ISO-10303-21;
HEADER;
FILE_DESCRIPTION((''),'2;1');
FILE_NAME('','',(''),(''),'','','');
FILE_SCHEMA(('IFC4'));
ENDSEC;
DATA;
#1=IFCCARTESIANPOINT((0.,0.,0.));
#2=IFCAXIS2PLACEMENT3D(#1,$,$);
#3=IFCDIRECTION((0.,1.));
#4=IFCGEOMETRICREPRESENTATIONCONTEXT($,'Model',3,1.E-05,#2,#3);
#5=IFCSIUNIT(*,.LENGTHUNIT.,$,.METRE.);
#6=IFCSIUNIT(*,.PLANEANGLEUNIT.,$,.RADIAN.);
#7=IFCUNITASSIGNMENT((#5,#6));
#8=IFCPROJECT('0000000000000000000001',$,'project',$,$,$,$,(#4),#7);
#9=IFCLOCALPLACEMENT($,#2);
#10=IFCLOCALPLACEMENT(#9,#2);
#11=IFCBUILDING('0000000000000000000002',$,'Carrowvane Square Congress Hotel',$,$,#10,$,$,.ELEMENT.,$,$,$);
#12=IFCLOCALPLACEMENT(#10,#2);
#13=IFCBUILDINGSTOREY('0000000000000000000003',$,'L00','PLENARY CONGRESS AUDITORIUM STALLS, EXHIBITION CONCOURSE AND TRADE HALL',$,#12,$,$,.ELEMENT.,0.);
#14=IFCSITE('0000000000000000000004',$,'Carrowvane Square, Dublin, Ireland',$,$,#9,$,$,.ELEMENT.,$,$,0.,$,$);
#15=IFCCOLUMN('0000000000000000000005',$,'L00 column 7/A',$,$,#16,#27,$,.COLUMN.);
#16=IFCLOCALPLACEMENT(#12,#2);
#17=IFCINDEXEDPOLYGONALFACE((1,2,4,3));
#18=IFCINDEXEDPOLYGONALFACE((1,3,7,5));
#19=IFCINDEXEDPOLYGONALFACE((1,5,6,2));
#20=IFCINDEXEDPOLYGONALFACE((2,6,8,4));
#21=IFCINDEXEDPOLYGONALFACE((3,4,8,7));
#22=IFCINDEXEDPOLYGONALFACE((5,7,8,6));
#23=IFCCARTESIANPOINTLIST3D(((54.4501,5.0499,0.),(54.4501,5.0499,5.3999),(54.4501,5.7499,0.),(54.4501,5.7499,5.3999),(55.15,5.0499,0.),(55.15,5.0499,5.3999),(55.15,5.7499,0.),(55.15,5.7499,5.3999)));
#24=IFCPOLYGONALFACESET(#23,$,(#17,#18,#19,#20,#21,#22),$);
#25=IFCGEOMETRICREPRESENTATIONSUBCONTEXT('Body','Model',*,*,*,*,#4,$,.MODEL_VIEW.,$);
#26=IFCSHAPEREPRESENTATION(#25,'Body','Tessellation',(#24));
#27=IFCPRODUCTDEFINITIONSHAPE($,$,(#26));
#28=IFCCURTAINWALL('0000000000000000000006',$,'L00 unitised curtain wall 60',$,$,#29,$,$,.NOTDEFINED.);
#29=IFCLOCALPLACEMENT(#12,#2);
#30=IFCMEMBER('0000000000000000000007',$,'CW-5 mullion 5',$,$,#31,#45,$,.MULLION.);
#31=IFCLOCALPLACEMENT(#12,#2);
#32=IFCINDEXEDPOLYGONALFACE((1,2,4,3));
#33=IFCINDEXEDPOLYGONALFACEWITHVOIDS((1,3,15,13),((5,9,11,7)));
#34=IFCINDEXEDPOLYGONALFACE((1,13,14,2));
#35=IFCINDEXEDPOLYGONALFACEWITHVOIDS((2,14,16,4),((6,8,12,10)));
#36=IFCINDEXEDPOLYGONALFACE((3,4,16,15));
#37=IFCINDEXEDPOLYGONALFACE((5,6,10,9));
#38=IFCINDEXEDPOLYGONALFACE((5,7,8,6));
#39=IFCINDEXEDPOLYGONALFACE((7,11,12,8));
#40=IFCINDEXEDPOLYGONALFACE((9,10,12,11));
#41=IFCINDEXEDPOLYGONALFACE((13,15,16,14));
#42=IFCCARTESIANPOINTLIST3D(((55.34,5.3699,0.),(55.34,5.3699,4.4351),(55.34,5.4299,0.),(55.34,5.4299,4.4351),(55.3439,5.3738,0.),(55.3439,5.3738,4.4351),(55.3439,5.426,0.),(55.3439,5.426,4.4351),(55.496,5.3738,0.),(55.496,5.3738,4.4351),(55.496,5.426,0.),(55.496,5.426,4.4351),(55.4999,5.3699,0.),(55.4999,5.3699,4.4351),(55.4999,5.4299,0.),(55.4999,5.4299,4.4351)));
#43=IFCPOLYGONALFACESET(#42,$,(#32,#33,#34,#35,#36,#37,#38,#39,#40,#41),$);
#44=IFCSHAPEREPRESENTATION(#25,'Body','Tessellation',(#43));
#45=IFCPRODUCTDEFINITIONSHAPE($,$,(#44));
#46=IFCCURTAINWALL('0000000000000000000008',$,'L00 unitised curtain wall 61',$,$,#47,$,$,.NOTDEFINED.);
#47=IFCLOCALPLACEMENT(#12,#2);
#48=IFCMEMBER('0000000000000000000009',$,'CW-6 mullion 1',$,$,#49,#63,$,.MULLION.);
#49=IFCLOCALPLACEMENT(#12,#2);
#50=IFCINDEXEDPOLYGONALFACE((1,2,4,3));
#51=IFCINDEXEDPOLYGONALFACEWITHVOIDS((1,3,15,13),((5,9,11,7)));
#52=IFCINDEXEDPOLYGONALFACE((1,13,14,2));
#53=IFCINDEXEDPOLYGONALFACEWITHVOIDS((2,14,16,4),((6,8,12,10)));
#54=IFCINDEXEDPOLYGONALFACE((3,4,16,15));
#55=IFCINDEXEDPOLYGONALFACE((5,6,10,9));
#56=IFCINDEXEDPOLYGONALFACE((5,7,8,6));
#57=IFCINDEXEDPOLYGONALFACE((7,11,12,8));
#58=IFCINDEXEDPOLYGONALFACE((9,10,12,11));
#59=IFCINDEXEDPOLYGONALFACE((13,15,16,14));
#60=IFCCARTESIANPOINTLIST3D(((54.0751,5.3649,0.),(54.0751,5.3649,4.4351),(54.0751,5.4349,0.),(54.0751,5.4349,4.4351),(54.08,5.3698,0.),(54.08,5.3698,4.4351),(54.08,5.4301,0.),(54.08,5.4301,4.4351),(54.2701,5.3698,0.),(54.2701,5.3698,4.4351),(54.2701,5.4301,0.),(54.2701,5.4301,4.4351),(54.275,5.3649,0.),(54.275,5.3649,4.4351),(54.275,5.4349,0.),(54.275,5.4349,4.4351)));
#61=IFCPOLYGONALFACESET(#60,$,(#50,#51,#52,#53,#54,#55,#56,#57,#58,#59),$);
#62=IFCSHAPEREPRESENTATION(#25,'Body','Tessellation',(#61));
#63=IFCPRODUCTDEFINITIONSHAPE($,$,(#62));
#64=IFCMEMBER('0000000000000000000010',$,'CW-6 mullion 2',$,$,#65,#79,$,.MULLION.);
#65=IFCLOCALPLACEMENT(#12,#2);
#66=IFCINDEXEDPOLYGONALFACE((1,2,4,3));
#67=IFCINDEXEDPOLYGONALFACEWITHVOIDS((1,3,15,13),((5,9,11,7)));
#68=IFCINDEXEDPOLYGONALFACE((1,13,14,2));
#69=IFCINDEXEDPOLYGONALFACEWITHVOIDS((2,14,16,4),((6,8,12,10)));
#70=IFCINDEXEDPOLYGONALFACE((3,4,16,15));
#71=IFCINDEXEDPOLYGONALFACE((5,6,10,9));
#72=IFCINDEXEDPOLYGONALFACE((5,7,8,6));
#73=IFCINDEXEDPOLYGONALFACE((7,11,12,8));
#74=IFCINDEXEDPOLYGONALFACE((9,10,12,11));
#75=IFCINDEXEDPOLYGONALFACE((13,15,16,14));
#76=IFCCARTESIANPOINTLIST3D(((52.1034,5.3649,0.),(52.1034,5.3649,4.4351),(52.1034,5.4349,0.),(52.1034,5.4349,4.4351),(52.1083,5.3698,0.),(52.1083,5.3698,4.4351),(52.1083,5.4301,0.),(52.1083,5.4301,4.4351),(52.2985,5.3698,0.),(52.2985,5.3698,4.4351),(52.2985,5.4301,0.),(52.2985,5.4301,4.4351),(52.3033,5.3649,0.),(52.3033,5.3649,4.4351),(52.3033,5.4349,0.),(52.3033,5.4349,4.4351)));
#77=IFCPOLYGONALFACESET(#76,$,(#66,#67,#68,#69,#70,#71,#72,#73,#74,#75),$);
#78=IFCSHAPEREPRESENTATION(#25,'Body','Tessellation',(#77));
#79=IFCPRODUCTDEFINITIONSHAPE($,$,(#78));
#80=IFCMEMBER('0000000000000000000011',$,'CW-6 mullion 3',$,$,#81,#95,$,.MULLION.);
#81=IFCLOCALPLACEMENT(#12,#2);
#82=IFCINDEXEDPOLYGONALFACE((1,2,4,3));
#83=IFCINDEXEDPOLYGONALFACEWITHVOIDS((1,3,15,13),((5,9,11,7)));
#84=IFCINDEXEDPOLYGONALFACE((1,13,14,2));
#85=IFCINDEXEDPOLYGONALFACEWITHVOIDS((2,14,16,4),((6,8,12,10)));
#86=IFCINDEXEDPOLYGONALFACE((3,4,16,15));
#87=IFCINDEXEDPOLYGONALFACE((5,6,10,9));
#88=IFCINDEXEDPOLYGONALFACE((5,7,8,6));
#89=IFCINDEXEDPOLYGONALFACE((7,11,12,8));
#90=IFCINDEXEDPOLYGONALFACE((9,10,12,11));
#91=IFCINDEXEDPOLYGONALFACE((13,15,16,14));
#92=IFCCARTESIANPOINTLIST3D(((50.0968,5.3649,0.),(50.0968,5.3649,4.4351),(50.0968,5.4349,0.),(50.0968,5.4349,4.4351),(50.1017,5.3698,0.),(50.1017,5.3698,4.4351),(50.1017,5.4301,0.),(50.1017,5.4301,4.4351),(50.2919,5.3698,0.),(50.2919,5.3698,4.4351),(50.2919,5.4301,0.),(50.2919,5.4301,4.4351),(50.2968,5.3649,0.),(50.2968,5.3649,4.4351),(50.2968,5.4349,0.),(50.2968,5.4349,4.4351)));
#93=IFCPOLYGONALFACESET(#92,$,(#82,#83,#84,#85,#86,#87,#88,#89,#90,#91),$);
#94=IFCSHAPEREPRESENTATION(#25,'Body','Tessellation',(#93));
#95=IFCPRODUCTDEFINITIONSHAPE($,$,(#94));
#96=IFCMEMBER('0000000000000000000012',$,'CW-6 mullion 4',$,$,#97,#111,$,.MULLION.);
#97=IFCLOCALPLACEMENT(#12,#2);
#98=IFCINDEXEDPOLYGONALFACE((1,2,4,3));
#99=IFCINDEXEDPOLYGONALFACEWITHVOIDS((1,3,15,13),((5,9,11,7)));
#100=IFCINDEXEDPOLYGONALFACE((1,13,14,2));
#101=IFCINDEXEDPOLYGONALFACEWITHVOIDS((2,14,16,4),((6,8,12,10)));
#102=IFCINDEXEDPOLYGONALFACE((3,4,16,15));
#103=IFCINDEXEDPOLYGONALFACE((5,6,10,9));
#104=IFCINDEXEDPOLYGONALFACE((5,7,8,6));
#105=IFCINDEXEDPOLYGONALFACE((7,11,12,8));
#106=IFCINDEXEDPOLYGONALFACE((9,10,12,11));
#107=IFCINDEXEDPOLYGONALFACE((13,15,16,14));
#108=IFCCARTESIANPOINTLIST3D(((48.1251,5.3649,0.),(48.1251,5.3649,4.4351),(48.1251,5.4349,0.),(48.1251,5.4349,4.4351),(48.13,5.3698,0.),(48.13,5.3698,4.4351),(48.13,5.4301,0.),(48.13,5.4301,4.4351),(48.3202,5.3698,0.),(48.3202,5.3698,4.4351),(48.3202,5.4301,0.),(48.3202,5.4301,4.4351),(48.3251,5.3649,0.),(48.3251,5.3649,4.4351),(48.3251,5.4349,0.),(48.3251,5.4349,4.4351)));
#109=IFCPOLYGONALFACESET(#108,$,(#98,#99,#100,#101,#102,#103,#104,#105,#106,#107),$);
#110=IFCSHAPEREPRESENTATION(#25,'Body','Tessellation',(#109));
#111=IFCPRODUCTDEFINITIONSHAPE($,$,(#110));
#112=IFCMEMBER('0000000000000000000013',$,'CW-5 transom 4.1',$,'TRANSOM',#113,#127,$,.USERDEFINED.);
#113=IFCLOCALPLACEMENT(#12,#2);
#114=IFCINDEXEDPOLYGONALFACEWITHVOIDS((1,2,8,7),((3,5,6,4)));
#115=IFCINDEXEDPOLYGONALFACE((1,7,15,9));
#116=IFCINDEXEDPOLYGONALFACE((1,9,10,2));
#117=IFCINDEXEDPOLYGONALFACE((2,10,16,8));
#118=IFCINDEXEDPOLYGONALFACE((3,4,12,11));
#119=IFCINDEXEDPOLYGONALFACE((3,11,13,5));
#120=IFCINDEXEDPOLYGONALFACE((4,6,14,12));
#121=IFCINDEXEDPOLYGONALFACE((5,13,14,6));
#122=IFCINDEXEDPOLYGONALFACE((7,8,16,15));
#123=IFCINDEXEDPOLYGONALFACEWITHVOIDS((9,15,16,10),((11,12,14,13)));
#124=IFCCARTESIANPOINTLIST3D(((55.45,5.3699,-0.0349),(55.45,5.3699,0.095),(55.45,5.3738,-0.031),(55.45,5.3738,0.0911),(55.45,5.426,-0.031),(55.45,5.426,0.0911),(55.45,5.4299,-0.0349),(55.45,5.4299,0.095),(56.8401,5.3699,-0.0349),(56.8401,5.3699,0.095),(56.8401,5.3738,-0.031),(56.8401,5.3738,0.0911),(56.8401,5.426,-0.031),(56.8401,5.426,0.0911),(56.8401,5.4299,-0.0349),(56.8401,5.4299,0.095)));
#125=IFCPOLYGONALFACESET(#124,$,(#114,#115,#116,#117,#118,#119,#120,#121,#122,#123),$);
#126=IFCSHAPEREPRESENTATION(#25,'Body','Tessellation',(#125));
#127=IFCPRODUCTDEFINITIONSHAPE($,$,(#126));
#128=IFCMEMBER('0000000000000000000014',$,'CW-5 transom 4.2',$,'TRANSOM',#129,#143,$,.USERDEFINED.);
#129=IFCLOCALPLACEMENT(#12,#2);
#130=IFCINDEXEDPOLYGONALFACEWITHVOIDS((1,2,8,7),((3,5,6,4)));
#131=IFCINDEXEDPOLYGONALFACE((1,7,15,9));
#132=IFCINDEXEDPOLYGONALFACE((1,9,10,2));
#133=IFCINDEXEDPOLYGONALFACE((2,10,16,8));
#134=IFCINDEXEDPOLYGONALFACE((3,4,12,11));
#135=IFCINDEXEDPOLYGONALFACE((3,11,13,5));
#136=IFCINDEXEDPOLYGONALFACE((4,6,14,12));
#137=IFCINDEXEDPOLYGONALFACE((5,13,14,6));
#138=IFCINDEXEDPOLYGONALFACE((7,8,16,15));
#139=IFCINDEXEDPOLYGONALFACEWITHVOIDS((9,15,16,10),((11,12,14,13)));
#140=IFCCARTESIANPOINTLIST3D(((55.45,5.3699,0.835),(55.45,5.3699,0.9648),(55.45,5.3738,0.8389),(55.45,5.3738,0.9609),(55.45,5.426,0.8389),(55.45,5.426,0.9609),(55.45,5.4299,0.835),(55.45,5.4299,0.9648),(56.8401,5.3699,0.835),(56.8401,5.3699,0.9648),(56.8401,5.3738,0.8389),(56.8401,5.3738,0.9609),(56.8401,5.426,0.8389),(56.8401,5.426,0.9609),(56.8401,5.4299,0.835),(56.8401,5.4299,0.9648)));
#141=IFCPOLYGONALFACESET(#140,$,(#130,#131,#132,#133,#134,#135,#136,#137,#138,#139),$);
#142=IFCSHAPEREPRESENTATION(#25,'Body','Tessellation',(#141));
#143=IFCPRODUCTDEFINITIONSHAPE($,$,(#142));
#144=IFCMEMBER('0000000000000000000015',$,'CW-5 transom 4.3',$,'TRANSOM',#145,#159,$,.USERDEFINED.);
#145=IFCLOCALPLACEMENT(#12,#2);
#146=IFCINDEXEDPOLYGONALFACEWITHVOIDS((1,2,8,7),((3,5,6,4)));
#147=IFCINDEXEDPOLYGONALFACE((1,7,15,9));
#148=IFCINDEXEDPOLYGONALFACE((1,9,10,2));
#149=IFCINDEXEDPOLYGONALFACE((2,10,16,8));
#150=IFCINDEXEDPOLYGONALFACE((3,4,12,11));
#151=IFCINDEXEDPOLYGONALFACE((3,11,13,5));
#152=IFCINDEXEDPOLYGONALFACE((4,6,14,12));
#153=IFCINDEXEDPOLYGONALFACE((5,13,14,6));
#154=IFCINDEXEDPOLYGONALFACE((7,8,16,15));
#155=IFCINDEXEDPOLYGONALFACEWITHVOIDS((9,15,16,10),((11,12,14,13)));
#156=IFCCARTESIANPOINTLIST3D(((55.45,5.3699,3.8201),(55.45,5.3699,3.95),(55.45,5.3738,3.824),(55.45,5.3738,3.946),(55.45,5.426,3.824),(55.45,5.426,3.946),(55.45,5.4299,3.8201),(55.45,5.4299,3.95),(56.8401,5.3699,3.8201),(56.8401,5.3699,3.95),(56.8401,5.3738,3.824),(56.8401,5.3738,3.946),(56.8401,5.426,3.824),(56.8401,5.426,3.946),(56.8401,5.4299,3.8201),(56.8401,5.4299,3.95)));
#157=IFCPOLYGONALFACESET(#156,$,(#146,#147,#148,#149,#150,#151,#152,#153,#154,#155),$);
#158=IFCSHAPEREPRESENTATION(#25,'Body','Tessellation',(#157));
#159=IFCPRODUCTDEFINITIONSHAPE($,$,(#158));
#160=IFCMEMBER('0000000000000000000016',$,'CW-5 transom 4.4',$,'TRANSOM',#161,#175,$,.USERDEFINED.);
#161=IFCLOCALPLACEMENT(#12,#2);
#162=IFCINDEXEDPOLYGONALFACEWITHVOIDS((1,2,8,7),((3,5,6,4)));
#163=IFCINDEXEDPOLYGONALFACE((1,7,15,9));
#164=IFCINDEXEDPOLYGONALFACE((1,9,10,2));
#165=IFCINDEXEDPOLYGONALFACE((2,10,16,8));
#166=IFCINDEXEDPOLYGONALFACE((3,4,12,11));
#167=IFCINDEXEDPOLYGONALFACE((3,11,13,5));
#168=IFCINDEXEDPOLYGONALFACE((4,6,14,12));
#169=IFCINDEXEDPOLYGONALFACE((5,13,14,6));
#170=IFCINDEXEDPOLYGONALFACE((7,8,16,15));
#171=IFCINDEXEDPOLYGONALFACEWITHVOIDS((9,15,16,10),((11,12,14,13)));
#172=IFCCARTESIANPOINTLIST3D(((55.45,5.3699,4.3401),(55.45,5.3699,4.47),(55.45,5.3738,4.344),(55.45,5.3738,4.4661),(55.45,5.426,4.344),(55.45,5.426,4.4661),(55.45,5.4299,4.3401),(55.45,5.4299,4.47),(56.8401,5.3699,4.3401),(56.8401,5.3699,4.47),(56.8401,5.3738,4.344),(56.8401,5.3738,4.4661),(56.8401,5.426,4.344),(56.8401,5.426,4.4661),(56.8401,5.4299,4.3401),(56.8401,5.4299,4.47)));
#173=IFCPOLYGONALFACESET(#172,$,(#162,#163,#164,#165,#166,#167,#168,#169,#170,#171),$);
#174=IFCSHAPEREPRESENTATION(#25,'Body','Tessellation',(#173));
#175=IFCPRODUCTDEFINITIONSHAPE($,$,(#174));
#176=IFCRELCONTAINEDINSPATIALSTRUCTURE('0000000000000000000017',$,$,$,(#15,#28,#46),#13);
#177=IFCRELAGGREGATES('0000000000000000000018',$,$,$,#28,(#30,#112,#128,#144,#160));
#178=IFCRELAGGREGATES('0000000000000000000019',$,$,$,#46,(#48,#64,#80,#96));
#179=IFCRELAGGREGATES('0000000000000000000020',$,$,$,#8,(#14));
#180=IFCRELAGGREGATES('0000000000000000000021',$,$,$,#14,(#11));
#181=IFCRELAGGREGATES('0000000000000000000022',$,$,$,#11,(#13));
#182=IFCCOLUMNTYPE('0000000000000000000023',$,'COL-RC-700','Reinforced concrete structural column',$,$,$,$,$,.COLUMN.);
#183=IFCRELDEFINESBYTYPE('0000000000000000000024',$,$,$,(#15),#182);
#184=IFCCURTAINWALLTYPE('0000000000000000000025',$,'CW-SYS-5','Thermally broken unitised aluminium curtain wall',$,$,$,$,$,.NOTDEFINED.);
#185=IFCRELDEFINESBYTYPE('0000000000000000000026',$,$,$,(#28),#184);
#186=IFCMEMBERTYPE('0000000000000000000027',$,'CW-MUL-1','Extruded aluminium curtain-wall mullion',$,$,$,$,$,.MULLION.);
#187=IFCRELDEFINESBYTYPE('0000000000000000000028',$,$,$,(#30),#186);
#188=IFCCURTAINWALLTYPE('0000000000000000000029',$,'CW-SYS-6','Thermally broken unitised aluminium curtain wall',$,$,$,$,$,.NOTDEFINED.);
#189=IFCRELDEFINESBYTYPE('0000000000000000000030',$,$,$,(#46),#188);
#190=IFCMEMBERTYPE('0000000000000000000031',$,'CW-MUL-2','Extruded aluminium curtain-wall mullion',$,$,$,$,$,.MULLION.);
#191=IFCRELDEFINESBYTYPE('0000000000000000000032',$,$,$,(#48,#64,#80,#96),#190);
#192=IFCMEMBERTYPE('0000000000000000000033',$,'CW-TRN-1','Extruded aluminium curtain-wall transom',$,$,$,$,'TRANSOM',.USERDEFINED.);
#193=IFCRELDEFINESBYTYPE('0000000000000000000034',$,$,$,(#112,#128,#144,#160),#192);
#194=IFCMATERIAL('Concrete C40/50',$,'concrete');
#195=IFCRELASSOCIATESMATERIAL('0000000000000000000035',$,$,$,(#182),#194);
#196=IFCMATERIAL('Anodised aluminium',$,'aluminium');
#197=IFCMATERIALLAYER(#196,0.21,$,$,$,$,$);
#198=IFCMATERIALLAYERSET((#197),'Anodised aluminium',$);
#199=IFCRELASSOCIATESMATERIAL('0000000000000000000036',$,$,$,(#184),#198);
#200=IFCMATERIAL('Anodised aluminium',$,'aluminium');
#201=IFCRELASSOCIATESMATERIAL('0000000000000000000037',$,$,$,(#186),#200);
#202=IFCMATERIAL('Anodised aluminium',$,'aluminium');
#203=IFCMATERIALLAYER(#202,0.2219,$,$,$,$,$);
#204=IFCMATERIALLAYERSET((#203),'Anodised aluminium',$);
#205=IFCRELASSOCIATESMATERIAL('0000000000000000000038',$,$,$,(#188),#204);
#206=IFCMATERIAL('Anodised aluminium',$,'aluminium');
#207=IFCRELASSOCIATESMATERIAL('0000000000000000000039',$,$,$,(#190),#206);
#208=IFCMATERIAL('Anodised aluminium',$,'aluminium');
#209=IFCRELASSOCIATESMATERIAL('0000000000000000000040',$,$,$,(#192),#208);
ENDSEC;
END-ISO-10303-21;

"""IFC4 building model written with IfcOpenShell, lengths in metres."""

from ifc_helpers import new_model, si_unit, direction, frame, origin, origin_2d, place, context, subcontext, project, spatial, rectangle, hollow_rectangle, extrude, material, layer, layer_set, material_profile, profile_set, type_object, element, aggregate, save


model = new_model("IFC4")

# Units and contexts
model_context = context("Model", 3, precision=1e-05, world=origin(), true_north=direction((0.0, 1.0)))
body_context = subcontext(model_context, "Body", "Model", "MODEL_VIEW")
ifc_project = project(units=[si_unit("LENGTHUNIT", "METRE"), si_unit("PLANEANGLEUNIT", "RADIAN")], contexts=[model_context])

# Site, building, storey
site_placement = place(None, origin())
site = spatial("IfcSite", under=ifc_project, at=site_placement, Name="Carrowvane Square, Dublin, Ireland", CompositionType="ELEMENT", RefElevation=0.0)
building_placement = place(site_placement, origin())
building = spatial("IfcBuilding", under=site, at=building_placement, Name="Carrowvane Square Congress Hotel", CompositionType="ELEMENT")
storey_placement = place(building_placement, origin())
storey = spatial("IfcBuildingStorey", under=building, at=storey_placement, Name="L00", Description="PLENARY CONGRESS AUDITORIUM STALLS, EXHIBITION CONCOURSE AND TRADE HALL", CompositionType="ELEMENT", Elevation=0.0)

# Column
ifc_material_1 = material(Name="Concrete C40/50", Category="concrete")
ifc_material_profile_1 = material_profile(ifc_material_1, rectangle(XDim=0.7, YDim=0.7, at=origin_2d()), Name="RC 700x700")
ifc_profile_set_1 = profile_set([ifc_material_profile_1], Name="Concrete C40/50")
column_type = type_object("IfcColumnType", Name="COL-RC-700", Description="Reinforced concrete structural column", PredefinedType="COLUMN", material=ifc_profile_set_1)
column_placement = place(storey_placement, frame((54.8, 5.3999, 0.0), z_axis=(0.0, 0.0, 1.0), x_axis=(1.0, 0.0, 0.0)))
element("IfcColumn", 1, at=column_placement, inside=storey, type_object=column_type, Name="L00 column 7/A", PredefinedType="COLUMN", context=body_context, shape_type="SweptSolid", body=[
    extrude(rectangle(XDim=0.7, YDim=0.7, at=origin_2d()), origin(), (0.0, 0.0, 1.0), 5.3999),
])

# Curtain wall, member
ifc_material_2 = material(Name="Anodised aluminium", Category="aluminium")
ifc_layer_1 = layer(ifc_material_2, 0.21)
ifc_layer_set_1 = layer_set([ifc_layer_1], Name="Anodised aluminium")
curtain_wall_type_1 = type_object("IfcCurtainWallType", Name="CW-SYS-5", Description="Thermally broken unitised aluminium curtain wall", PredefinedType="NOTDEFINED", material=ifc_layer_set_1)
curtain_wall_1_placement = place(storey_placement, origin())
curtain_wall_1 = element("IfcCurtainWall", 2, at=curtain_wall_1_placement, inside=storey, type_object=curtain_wall_type_1, Name="L00 unitised curtain wall 60", PredefinedType="NOTDEFINED")
ifc_material_3 = material(Name="Anodised aluminium", Category="aluminium")
ifc_material_profile_2 = material_profile(ifc_material_3, hollow_rectangle(XDim=0.0601, YDim=0.1599, WallThickness=0.0039, at=origin_2d()), Name="CW-ML 60x160x4")
ifc_profile_set_2 = profile_set([ifc_material_profile_2], Name="Anodised aluminium")
member_type_1 = type_object("IfcMemberType", Name="CW-MUL-1", Description="Extruded aluminium curtain-wall mullion", PredefinedType="MULLION", material=ifc_profile_set_2)
member_1_placement = place(storey_placement, frame((55.4199, 5.3999, 0.0), z_axis=(0.0, 0.0, 1.0), x_axis=(0.0, -1.0, 0.0)))
member_1 = element("IfcMember", 3, at=member_1_placement, type_object=member_type_1, Name="CW-5 mullion 5", PredefinedType="MULLION", context=body_context, shape_type="SweptSolid", body=[
    extrude(hollow_rectangle(XDim=0.0601, YDim=0.1599, WallThickness=0.0039, at=origin_2d()), origin(), (0.0, 0.0, 1.0), 4.4351),
])

# Curtain wall, members
ifc_material_4 = material(Name="Anodised aluminium", Category="aluminium")
ifc_layer_2 = layer(ifc_material_4, 0.2219)
ifc_layer_set_2 = layer_set([ifc_layer_2], Name="Anodised aluminium")
curtain_wall_type_2 = type_object("IfcCurtainWallType", Name="CW-SYS-6", Description="Thermally broken unitised aluminium curtain wall", PredefinedType="NOTDEFINED", material=ifc_layer_set_2)
curtain_wall_2_placement = place(storey_placement, origin())
curtain_wall_2 = element("IfcCurtainWall", 4, at=curtain_wall_2_placement, inside=storey, type_object=curtain_wall_type_2, Name="L00 unitised curtain wall 61", PredefinedType="NOTDEFINED")
ifc_material_5 = material(Name="Anodised aluminium", Category="aluminium")
ifc_material_profile_3 = material_profile(ifc_material_5, hollow_rectangle(XDim=0.0701, YDim=0.2, WallThickness=0.0049, at=origin_2d()), Name="CW-ML 70x200x5")
ifc_profile_set_3 = profile_set([ifc_material_profile_3], Name="Anodised aluminium")
member_type_2 = type_object("IfcMemberType", Name="CW-MUL-2", Description="Extruded aluminium curtain-wall mullion", PredefinedType="MULLION", material=ifc_profile_set_3)
member_2_placement = place(storey_placement, frame((54.175, 5.3999, 0.0), z_axis=(0.0, 0.0, 1.0), x_axis=(0.0, -1.0, 0.0)))
member_2 = element("IfcMember", 5, at=member_2_placement, type_object=member_type_2, Name="CW-6 mullion 1", PredefinedType="MULLION", context=body_context, shape_type="SweptSolid", body=[
    extrude(hollow_rectangle(XDim=0.0701, YDim=0.2, WallThickness=0.0049, at=origin_2d()), origin(), (0.0, 0.0, 1.0), 4.4351),
])
member_3_placement = place(storey_placement, frame((52.2034, 5.3999, 0.0), z_axis=(0.0, 0.0, 1.0), x_axis=(0.0, -1.0, 0.0)))
member_3 = element("IfcMember", 6, at=member_3_placement, type_object=member_type_2, Name="CW-6 mullion 2", PredefinedType="MULLION", context=body_context, shape_type="SweptSolid", body=[
    extrude(hollow_rectangle(XDim=0.0701, YDim=0.2, WallThickness=0.0049, at=origin_2d()), origin(), (0.0, 0.0, 1.0), 4.4351),
])
member_4_placement = place(storey_placement, frame((50.1968, 5.3999, 0.0), z_axis=(0.0, 0.0, 1.0), x_axis=(0.0, -1.0, 0.0)))
member_4 = element("IfcMember", 7, at=member_4_placement, type_object=member_type_2, Name="CW-6 mullion 3", PredefinedType="MULLION", context=body_context, shape_type="SweptSolid", body=[
    extrude(hollow_rectangle(XDim=0.0701, YDim=0.2, WallThickness=0.0049, at=origin_2d()), origin(), (0.0, 0.0, 1.0), 4.4351),
])
member_5_placement = place(storey_placement, frame((48.2251, 5.3999, 0.0), z_axis=(0.0, 0.0, 1.0), x_axis=(0.0, -1.0, 0.0)))
member_5 = element("IfcMember", 8, at=member_5_placement, type_object=member_type_2, Name="CW-6 mullion 4", PredefinedType="MULLION", context=body_context, shape_type="SweptSolid", body=[
    extrude(hollow_rectangle(XDim=0.0701, YDim=0.2, WallThickness=0.0049, at=origin_2d()), origin(), (0.0, 0.0, 1.0), 4.4351),
])

# Members
ifc_material_6 = material(Name="Anodised aluminium", Category="aluminium")
ifc_material_profile_4 = material_profile(ifc_material_6, hollow_rectangle(XDim=0.0601, YDim=0.1299, WallThickness=0.0039, at=origin_2d()), Name="CW-TR 60x130x4")
ifc_profile_set_4 = profile_set([ifc_material_profile_4], Name="Anodised aluminium")
member_type_3 = type_object("IfcMemberType", Name="CW-TRN-1", Description="Extruded aluminium curtain-wall transom", ElementType="TRANSOM", PredefinedType="USERDEFINED", material=ifc_profile_set_4)
member_6_placement = place(storey_placement, frame((56.8401, 5.3999, 0.03), z_axis=(-1.0, 0.0, 0.0), x_axis=(0.0, -1.0, 0.0)))
member_6 = element("IfcMember", 9, at=member_6_placement, type_object=member_type_3, Name="CW-5 transom 4.1", ObjectType="TRANSOM", PredefinedType="USERDEFINED", context=body_context, shape_type="SweptSolid", body=[
    extrude(hollow_rectangle(XDim=0.0601, YDim=0.1299, WallThickness=0.0039, at=origin_2d()), origin(), (0.0, 0.0, 1.0), 1.3901),
])
member_7_placement = place(storey_placement, frame((56.8401, 5.3999, 0.8999), z_axis=(-1.0, 0.0, 0.0), x_axis=(0.0, -1.0, 0.0)))
member_7 = element("IfcMember", 10, at=member_7_placement, type_object=member_type_3, Name="CW-5 transom 4.2", ObjectType="TRANSOM", PredefinedType="USERDEFINED", context=body_context, shape_type="SweptSolid", body=[
    extrude(hollow_rectangle(XDim=0.0601, YDim=0.1299, WallThickness=0.0039, at=origin_2d()), origin(), (0.0, 0.0, 1.0), 1.3901),
])
member_8_placement = place(storey_placement, frame((56.8401, 5.3999, 3.885), z_axis=(-1.0, 0.0, 0.0), x_axis=(0.0, -1.0, 0.0)))
member_8 = element("IfcMember", 11, at=member_8_placement, type_object=member_type_3, Name="CW-5 transom 4.3", ObjectType="TRANSOM", PredefinedType="USERDEFINED", context=body_context, shape_type="SweptSolid", body=[
    extrude(hollow_rectangle(XDim=0.0601, YDim=0.1299, WallThickness=0.0039, at=origin_2d()), origin(), (0.0, 0.0, 1.0), 1.3901),
])
member_9_placement = place(storey_placement, frame((56.8401, 5.3999, 4.405), z_axis=(-1.0, 0.0, 0.0), x_axis=(0.0, -1.0, 0.0)))
member_9 = element("IfcMember", 12, at=member_9_placement, type_object=member_type_3, Name="CW-5 transom 4.4", ObjectType="TRANSOM", PredefinedType="USERDEFINED", context=body_context, shape_type="SweptSolid", body=[
    extrude(hollow_rectangle(XDim=0.0601, YDim=0.1299, WallThickness=0.0039, at=origin_2d()), origin(), (0.0, 0.0, 1.0), 1.3901),
])

aggregate(curtain_wall_1, [member_1, member_6, member_7, member_8, member_9])
aggregate(curtain_wall_2, [member_2, member_3, member_4, member_5])

save(model, "model.ifc")
